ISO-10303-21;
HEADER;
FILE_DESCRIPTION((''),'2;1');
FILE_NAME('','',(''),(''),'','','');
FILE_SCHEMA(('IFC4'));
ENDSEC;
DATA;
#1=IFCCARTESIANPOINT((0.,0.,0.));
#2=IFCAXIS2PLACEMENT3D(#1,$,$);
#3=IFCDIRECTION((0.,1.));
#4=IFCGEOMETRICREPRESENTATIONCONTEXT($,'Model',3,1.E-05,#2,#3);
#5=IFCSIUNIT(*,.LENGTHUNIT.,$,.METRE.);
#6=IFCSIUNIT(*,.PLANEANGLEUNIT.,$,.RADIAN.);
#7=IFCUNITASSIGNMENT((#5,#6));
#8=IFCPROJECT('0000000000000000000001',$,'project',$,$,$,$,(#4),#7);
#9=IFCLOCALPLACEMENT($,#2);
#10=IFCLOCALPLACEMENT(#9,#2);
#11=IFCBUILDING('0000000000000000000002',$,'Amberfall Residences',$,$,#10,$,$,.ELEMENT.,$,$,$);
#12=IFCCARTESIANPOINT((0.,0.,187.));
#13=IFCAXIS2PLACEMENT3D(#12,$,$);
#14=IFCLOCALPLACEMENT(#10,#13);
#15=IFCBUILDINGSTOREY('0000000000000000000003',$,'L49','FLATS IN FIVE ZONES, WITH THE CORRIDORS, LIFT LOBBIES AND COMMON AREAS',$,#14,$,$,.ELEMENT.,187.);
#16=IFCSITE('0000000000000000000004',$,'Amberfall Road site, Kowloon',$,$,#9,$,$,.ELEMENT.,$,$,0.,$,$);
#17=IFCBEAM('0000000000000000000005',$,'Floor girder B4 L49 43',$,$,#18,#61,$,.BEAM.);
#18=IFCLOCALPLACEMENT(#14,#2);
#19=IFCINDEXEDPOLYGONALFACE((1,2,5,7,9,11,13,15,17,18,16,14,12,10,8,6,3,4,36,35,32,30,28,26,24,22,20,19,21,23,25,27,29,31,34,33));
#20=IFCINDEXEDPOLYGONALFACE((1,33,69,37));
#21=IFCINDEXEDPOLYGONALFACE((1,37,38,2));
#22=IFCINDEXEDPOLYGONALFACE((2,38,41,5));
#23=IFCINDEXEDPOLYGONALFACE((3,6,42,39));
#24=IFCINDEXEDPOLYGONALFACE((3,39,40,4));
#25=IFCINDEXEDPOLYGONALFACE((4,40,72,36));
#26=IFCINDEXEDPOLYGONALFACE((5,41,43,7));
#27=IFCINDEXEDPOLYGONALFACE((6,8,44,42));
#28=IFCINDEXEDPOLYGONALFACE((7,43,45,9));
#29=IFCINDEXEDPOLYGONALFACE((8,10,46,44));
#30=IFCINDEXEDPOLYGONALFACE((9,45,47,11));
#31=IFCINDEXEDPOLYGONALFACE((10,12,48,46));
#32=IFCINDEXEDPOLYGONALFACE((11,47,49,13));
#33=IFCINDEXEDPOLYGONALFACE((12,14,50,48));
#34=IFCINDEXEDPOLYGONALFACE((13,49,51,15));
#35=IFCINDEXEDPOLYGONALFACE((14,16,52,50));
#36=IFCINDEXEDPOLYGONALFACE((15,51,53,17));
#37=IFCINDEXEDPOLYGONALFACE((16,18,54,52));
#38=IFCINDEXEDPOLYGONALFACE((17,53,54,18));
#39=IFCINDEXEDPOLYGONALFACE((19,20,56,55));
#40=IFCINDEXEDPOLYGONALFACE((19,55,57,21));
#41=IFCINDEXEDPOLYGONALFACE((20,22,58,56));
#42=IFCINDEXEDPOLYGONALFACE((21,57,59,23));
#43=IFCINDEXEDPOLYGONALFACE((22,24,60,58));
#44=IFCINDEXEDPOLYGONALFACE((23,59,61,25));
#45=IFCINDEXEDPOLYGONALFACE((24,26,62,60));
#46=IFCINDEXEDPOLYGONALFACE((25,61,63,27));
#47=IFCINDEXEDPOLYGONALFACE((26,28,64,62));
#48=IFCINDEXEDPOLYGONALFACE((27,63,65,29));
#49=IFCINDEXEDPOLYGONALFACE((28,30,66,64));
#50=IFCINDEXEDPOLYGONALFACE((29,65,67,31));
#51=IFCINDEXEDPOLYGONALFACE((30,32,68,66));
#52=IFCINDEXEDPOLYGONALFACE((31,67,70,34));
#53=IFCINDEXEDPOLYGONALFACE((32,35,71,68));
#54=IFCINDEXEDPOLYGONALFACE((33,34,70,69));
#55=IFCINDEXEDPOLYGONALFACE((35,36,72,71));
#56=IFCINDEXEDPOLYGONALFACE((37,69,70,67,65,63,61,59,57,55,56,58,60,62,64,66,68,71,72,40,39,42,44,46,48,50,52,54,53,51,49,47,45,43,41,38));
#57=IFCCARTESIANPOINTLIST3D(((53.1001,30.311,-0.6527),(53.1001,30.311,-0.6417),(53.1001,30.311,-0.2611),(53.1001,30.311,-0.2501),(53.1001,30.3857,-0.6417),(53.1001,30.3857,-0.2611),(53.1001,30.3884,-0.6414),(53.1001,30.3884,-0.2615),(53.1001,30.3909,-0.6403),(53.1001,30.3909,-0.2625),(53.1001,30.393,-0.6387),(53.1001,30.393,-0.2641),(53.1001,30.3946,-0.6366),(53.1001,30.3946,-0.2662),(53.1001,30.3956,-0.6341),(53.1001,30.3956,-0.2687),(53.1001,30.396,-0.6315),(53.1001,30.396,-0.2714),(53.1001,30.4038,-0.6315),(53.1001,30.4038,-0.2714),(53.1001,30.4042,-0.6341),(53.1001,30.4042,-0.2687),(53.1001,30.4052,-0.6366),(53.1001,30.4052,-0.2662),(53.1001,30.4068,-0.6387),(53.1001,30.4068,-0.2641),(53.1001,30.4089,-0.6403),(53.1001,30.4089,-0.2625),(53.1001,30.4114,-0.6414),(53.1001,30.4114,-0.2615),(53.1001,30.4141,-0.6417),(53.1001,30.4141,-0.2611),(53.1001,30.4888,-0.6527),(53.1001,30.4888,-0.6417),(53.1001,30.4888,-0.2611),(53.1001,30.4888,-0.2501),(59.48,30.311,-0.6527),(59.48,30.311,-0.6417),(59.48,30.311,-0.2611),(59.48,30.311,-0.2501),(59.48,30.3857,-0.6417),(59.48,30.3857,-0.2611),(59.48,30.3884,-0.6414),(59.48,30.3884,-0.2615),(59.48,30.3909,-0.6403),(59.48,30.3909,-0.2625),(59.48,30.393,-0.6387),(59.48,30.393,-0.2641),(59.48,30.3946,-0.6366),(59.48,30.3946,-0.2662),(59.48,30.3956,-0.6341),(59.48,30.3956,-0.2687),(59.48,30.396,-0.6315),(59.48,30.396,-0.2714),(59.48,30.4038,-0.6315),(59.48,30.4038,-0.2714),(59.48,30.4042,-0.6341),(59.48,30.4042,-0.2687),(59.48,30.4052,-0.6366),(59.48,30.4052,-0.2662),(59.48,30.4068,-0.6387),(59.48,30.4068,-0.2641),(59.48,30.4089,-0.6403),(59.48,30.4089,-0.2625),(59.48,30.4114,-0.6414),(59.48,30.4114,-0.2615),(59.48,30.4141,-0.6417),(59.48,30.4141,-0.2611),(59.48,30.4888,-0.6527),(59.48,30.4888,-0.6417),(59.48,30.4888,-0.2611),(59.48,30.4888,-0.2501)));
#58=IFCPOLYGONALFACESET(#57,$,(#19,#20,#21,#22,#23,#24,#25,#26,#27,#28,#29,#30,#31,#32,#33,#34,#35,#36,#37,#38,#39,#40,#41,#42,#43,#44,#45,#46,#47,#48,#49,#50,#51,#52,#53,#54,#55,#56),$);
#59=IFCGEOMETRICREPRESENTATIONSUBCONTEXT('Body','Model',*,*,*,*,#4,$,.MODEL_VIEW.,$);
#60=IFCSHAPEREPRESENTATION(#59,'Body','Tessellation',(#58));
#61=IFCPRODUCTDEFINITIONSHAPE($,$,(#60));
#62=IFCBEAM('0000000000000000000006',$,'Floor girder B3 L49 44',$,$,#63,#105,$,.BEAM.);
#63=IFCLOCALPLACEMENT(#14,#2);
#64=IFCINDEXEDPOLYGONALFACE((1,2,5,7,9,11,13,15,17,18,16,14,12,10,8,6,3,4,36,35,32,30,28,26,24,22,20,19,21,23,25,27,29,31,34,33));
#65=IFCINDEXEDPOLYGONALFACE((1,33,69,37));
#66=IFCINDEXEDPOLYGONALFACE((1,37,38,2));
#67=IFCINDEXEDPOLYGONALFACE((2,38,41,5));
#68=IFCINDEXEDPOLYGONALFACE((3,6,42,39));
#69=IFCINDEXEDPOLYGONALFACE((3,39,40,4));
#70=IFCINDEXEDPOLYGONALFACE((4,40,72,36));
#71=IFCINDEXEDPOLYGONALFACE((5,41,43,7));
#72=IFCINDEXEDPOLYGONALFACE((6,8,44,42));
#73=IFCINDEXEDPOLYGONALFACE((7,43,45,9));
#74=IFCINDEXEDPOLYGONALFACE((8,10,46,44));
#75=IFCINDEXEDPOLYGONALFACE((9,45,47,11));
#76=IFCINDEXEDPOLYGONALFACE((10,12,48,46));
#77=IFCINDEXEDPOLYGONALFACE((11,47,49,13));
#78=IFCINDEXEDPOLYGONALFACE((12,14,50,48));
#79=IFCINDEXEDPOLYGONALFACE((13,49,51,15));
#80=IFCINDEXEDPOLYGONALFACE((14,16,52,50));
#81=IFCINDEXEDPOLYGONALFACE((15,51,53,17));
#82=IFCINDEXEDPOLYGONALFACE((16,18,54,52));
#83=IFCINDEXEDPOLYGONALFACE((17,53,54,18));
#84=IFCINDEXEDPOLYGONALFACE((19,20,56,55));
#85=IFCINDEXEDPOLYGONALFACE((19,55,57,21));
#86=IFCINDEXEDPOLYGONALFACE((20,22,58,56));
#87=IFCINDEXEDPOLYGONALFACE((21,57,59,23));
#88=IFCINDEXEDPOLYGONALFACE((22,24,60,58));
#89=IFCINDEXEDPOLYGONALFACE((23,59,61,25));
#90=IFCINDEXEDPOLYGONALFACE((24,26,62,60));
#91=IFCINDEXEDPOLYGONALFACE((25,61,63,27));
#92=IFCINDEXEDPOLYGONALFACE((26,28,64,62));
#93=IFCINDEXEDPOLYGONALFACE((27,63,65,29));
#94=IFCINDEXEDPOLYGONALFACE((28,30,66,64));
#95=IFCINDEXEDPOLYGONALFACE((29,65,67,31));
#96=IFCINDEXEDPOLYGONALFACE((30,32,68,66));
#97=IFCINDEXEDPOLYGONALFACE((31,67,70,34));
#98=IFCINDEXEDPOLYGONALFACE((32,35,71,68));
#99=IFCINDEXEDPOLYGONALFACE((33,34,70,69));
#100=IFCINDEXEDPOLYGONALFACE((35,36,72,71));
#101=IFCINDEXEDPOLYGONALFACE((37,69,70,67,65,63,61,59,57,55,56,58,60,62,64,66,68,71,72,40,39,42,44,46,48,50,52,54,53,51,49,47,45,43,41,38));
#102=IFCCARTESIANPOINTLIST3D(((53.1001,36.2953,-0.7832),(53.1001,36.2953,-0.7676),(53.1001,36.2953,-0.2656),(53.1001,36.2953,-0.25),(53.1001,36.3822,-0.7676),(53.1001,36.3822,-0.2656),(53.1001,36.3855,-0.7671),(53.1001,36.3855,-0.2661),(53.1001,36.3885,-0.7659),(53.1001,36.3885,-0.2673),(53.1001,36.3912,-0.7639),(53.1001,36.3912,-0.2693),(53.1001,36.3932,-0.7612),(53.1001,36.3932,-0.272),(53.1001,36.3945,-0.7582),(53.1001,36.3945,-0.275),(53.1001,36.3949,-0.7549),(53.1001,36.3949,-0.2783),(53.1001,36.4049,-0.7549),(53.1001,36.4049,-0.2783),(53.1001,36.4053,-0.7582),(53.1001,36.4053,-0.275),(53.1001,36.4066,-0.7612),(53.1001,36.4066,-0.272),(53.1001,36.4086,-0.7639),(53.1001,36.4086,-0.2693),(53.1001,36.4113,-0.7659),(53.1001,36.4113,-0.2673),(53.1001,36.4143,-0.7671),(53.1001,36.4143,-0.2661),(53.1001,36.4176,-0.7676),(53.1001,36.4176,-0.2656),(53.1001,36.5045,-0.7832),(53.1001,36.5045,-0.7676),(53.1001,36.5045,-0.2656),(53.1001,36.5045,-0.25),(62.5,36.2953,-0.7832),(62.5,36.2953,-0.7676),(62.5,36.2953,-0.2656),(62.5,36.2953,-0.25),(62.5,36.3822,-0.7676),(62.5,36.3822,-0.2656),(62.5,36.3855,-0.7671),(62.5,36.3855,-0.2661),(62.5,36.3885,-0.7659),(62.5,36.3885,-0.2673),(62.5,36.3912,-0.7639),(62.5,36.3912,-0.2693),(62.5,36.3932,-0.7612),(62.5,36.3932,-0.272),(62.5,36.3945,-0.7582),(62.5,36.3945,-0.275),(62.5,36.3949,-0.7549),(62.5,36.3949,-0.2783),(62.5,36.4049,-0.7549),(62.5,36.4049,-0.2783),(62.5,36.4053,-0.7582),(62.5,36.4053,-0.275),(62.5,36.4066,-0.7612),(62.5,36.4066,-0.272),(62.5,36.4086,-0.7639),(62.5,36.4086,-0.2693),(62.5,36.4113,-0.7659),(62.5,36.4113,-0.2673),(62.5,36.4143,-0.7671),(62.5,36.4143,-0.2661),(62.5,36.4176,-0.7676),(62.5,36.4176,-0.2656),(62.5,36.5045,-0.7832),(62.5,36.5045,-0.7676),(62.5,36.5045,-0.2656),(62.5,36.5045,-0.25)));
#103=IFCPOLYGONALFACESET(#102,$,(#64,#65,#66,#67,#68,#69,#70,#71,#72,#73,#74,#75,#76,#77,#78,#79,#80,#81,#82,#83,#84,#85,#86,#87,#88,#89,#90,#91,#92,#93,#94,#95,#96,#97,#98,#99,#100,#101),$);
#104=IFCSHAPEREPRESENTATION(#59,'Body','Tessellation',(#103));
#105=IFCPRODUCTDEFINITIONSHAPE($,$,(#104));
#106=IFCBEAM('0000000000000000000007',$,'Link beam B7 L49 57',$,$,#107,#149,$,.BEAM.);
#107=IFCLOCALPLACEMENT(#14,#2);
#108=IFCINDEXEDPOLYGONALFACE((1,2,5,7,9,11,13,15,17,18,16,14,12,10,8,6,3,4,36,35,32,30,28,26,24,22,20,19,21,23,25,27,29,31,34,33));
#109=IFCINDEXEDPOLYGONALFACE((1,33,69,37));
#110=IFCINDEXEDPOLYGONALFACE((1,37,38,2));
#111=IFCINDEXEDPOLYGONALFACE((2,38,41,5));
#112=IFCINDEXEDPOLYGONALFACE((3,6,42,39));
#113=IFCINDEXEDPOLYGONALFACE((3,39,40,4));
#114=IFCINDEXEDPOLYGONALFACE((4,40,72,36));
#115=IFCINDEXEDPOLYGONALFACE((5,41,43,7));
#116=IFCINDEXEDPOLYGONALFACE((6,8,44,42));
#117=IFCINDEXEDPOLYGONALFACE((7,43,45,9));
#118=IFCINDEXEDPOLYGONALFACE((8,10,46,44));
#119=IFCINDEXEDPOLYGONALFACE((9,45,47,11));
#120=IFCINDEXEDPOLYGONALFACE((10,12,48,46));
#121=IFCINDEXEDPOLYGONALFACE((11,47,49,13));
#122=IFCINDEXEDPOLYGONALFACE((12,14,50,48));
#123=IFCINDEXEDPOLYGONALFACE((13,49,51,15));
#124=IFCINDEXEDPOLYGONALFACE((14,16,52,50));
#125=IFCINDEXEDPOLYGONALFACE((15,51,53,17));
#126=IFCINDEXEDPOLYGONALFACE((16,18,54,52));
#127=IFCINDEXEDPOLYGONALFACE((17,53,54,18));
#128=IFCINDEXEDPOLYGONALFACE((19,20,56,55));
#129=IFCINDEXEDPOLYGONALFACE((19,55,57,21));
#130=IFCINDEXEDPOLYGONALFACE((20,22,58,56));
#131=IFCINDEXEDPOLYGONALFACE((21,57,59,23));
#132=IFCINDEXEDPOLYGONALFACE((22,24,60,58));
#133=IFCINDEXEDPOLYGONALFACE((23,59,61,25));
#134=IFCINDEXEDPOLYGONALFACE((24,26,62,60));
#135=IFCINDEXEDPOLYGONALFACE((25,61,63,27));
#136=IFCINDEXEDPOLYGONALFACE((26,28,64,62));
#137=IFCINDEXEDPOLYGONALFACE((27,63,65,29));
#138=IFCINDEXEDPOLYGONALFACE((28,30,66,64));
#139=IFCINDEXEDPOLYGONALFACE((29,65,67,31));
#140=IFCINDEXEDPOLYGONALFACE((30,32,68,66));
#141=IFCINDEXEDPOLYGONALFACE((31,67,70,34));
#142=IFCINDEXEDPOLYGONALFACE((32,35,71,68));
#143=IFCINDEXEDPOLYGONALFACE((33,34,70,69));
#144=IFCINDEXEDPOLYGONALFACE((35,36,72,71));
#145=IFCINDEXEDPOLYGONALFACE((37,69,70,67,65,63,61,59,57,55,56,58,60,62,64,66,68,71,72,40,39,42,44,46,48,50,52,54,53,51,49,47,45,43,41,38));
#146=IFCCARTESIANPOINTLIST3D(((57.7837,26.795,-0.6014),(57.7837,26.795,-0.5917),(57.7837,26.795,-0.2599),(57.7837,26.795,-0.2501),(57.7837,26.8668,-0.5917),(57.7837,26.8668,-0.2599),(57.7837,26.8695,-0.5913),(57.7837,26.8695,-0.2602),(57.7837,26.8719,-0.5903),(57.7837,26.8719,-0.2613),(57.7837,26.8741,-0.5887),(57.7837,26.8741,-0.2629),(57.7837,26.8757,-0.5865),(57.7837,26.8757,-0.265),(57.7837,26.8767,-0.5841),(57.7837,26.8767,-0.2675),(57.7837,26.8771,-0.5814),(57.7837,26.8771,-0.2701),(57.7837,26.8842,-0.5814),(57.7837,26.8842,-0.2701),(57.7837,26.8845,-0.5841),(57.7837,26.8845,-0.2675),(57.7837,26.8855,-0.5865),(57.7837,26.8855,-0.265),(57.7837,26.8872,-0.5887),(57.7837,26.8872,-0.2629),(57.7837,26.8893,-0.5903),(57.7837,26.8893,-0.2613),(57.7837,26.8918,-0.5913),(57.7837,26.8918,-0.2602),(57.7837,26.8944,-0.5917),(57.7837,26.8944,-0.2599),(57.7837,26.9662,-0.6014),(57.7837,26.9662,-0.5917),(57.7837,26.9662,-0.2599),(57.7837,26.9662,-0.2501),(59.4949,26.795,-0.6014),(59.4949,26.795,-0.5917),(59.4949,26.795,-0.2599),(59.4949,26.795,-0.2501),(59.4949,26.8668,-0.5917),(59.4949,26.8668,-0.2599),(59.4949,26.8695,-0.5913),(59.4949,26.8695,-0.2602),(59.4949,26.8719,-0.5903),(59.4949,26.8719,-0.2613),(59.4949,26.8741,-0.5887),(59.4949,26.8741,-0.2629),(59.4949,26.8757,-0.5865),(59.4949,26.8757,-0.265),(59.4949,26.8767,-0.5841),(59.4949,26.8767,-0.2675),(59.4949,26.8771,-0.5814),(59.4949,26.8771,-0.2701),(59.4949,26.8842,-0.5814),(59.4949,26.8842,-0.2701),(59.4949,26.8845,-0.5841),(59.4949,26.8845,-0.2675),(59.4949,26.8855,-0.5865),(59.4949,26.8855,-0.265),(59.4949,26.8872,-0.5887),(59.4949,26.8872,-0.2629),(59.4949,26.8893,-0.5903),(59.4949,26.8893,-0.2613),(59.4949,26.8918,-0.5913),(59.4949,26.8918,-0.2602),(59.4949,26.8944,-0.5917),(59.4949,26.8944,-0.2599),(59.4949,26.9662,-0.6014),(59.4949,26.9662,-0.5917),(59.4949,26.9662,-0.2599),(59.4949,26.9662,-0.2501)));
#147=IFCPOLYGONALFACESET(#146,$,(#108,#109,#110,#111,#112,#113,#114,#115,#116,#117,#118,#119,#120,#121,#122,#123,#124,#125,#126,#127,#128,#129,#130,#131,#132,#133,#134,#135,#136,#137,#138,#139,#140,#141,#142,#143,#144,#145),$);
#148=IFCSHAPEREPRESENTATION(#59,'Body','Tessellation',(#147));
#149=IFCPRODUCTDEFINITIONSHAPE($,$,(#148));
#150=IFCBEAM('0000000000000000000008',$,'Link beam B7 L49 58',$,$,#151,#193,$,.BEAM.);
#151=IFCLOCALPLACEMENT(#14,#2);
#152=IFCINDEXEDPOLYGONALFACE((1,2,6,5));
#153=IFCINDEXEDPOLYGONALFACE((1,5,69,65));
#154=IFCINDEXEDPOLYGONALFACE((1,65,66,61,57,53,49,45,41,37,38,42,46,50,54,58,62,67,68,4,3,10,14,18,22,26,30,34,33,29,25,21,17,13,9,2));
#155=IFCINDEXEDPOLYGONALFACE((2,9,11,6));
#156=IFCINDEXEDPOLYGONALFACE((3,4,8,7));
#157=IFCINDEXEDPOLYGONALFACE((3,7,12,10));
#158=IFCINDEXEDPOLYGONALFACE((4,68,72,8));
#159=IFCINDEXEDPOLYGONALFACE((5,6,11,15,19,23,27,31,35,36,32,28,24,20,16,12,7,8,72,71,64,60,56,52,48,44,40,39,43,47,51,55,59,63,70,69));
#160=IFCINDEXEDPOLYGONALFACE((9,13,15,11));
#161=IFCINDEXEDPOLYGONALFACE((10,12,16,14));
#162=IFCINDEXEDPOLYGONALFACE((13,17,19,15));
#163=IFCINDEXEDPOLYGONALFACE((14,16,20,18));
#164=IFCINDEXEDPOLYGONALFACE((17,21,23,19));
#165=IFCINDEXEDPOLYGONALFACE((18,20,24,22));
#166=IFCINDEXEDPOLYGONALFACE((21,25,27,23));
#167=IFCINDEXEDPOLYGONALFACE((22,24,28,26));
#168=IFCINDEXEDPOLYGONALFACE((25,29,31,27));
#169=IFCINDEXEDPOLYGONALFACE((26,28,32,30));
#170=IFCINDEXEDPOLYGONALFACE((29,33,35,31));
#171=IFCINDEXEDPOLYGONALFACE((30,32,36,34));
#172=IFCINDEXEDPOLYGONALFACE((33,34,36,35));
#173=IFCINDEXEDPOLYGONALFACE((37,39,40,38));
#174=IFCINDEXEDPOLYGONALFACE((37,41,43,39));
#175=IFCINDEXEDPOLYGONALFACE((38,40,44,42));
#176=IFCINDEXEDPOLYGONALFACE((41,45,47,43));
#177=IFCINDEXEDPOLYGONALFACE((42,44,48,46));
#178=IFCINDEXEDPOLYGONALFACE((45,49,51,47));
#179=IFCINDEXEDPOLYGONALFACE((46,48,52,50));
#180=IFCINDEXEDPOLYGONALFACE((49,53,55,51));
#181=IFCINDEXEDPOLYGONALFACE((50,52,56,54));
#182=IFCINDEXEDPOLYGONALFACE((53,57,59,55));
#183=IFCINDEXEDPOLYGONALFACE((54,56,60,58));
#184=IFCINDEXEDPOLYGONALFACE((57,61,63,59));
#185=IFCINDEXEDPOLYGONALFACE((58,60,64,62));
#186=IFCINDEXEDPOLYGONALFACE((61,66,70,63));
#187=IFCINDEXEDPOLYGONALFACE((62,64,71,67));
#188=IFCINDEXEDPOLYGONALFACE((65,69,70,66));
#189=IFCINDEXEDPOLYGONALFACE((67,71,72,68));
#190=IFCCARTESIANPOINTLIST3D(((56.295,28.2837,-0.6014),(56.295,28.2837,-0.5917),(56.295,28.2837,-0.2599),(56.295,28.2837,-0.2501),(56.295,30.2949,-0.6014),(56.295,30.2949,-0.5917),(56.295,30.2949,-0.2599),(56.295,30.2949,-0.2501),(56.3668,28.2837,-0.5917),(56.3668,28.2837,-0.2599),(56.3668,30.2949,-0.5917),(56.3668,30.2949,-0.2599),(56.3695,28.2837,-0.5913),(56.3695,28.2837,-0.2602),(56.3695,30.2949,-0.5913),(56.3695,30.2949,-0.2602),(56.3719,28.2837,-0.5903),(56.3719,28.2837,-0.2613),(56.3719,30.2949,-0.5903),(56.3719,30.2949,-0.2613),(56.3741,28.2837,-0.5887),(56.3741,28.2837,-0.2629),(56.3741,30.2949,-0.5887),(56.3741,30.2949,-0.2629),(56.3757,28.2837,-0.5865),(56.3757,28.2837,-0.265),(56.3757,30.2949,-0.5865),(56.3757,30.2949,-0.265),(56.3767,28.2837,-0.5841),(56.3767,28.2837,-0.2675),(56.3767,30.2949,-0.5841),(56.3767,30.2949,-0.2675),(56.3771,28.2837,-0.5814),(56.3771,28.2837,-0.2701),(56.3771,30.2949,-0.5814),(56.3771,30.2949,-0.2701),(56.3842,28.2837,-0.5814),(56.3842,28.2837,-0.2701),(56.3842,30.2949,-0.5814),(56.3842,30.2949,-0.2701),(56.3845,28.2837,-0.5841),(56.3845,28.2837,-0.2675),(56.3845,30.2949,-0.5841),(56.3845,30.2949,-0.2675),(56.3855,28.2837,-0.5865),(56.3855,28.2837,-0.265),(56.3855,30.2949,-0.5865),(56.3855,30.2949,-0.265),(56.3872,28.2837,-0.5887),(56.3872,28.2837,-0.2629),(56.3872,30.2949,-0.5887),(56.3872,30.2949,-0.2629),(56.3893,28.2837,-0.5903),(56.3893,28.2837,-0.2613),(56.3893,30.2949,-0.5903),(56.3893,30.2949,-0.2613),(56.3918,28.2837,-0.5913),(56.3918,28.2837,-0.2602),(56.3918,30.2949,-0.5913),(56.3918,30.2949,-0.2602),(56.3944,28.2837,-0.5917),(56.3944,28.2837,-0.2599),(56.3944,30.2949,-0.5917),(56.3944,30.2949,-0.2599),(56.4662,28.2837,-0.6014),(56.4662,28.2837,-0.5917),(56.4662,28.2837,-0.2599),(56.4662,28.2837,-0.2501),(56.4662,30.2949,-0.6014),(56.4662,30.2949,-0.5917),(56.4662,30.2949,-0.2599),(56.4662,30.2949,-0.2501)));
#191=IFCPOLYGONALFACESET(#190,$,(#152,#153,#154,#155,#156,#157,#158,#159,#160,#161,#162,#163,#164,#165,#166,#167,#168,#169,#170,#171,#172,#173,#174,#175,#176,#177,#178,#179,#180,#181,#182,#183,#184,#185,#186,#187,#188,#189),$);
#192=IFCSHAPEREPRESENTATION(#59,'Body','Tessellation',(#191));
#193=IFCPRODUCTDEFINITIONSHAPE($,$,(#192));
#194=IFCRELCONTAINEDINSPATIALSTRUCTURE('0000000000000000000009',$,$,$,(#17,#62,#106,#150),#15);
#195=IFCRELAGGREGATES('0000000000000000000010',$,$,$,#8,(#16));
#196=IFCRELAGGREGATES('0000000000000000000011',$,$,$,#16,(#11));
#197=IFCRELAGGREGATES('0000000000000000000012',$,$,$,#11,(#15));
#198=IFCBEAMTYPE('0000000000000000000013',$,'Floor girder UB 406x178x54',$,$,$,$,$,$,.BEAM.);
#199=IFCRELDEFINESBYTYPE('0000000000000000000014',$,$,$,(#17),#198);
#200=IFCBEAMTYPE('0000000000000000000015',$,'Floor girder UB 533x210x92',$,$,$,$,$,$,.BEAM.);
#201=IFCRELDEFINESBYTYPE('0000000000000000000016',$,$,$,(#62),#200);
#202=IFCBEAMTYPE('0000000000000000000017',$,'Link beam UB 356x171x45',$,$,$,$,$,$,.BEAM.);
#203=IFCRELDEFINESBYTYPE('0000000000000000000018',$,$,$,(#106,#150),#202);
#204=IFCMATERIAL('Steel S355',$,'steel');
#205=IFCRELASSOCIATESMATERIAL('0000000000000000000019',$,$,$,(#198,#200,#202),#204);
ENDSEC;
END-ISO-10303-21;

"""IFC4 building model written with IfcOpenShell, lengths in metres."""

from ifc_helpers import new_model, si_unit, direction, frame, origin, origin_2d, place, context, subcontext, project, spatial, i_section, extrude, material, material_profile, profile_set, type_object, element, save


model = new_model("IFC4")

# Units and contexts
model_context = context("Model", 3, precision=1e-05, world=origin(), true_north=direction((0.0, 1.0)))
body_context = subcontext(model_context, "Body", "Model", "MODEL_VIEW")
ifc_project = project(units=[si_unit("LENGTHUNIT", "METRE"), si_unit("PLANEANGLEUNIT", "RADIAN")], contexts=[model_context])

# Site, building, storey
site_placement = place(None, origin())
site = spatial("IfcSite", under=ifc_project, at=site_placement, Name="Amberfall Road site, Kowloon", CompositionType="ELEMENT", RefElevation=0.0)
building_placement = place(site_placement, origin())
building = spatial("IfcBuilding", under=site, at=building_placement, Name="Amberfall Residences", CompositionType="ELEMENT")
storey_placement = place(building_placement, frame((0.0, 0.0, 187.0)))
storey = spatial("IfcBuildingStorey", under=building, at=storey_placement, Name="L49", Description="FLATS IN FIVE ZONES, WITH THE CORRIDORS, LIFT LOBBIES AND COMMON AREAS", CompositionType="ELEMENT", Elevation=187.0)

# Shared definitions
ifc_material_1 = material(Name="Steel S355", Category="steel")

# Beams
ifc_material_profile_1 = material_profile(ifc_material_1, i_section(OverallWidth=0.1777, OverallDepth=0.4026, WebThickness=0.0078, FlangeThickness=0.011, FilletRadius=0.0103, at=origin_2d()), Name="UB 406x178x54")
ifc_profile_set_1 = profile_set([ifc_material_profile_1], Name="Steel S355")
beam_type_1 = type_object("IfcBeamType", Name="Floor girder UB 406x178x54", PredefinedType="BEAM", material=ifc_profile_set_1)
beam_1_placement = place(storey_placement, frame((53.1001, 30.3999, -0.4514), z_axis=(1.0, 0.0, 0.0), x_axis=(0.0, 1.0, 0.0)))
element("IfcBeam", 1, at=beam_1_placement, inside=storey, type_object=beam_type_1, Name="Floor girder B4 L49 43", PredefinedType="BEAM", context=body_context, shape_type="SweptSolid", body=[
    extrude(i_section(OverallWidth=0.1777, OverallDepth=0.4026, WebThickness=0.0078, FlangeThickness=0.011, FilletRadius=0.0103, at=origin_2d()), origin(), (0.0, 0.0, 1.0), 6.3799),
])
ifc_material_profile_2 = material_profile(ifc_material_1, i_section(OverallWidth=0.2092, OverallDepth=0.5332, WebThickness=0.01, FlangeThickness=0.0156, FilletRadius=0.0127, at=origin_2d()), Name="UB 533x210x92")
ifc_profile_set_2 = profile_set([ifc_material_profile_2], Name="Steel S355")
beam_type_2 = type_object("IfcBeamType", Name="Floor girder UB 533x210x92", PredefinedType="BEAM", material=ifc_profile_set_2)
beam_2_placement = place(storey_placement, frame((53.1001, 36.3999, -0.5166), z_axis=(1.0, 0.0, 0.0), x_axis=(0.0, 1.0, 0.0)))
element("IfcBeam", 2, at=beam_2_placement, inside=storey, type_object=beam_type_2, Name="Floor girder B3 L49 44", PredefinedType="BEAM", context=body_context, shape_type="SweptSolid", body=[
    extrude(i_section(OverallWidth=0.2092, OverallDepth=0.5332, WebThickness=0.01, FlangeThickness=0.0156, FilletRadius=0.0127, at=origin_2d()), origin(), (0.0, 0.0, 1.0), 9.3999),
])
ifc_material_profile_3 = material_profile(ifc_material_1, i_section(OverallWidth=0.1711, OverallDepth=0.3513, WebThickness=0.0071, FlangeThickness=0.0098, FilletRadius=0.0103, at=origin_2d()), Name="UB 356x171x45")
ifc_profile_set_3 = profile_set([ifc_material_profile_3], Name="Steel S355")
beam_type_3 = type_object("IfcBeamType", Name="Link beam UB 356x171x45", PredefinedType="BEAM", material=ifc_profile_set_3)
beam_3_placement = place(storey_placement, frame((57.7837, 26.8806, -0.4258), z_axis=(1.0, 0.0, 0.0), x_axis=(0.0, 1.0, 0.0)))
element("IfcBeam", 3, at=beam_3_placement, inside=storey, type_object=beam_type_3, Name="Link beam B7 L49 57", PredefinedType="BEAM", context=body_context, shape_type="SweptSolid", body=[
    extrude(i_section(OverallWidth=0.1711, OverallDepth=0.3513, WebThickness=0.0071, FlangeThickness=0.0098, FilletRadius=0.0103, at=origin_2d()), origin(), (0.0, 0.0, 1.0), 1.7112),
])
beam_4_placement = place(storey_placement, frame((56.3806, 28.2837, -0.4258), z_axis=(0.0, 1.0, 0.0), x_axis=(-1.0, 0.0, 0.0)))
element("IfcBeam", 4, at=beam_4_placement, inside=storey, type_object=beam_type_3, Name="Link beam B7 L49 58", PredefinedType="BEAM", context=body_context, shape_type="SweptSolid", body=[
    extrude(i_section(OverallWidth=0.1711, OverallDepth=0.3513, WebThickness=0.0071, FlangeThickness=0.0098, FilletRadius=0.0103, at=origin_2d()), origin(), (0.0, 0.0, 1.0), 2.0112),
])

save(model, "model.ifc")
